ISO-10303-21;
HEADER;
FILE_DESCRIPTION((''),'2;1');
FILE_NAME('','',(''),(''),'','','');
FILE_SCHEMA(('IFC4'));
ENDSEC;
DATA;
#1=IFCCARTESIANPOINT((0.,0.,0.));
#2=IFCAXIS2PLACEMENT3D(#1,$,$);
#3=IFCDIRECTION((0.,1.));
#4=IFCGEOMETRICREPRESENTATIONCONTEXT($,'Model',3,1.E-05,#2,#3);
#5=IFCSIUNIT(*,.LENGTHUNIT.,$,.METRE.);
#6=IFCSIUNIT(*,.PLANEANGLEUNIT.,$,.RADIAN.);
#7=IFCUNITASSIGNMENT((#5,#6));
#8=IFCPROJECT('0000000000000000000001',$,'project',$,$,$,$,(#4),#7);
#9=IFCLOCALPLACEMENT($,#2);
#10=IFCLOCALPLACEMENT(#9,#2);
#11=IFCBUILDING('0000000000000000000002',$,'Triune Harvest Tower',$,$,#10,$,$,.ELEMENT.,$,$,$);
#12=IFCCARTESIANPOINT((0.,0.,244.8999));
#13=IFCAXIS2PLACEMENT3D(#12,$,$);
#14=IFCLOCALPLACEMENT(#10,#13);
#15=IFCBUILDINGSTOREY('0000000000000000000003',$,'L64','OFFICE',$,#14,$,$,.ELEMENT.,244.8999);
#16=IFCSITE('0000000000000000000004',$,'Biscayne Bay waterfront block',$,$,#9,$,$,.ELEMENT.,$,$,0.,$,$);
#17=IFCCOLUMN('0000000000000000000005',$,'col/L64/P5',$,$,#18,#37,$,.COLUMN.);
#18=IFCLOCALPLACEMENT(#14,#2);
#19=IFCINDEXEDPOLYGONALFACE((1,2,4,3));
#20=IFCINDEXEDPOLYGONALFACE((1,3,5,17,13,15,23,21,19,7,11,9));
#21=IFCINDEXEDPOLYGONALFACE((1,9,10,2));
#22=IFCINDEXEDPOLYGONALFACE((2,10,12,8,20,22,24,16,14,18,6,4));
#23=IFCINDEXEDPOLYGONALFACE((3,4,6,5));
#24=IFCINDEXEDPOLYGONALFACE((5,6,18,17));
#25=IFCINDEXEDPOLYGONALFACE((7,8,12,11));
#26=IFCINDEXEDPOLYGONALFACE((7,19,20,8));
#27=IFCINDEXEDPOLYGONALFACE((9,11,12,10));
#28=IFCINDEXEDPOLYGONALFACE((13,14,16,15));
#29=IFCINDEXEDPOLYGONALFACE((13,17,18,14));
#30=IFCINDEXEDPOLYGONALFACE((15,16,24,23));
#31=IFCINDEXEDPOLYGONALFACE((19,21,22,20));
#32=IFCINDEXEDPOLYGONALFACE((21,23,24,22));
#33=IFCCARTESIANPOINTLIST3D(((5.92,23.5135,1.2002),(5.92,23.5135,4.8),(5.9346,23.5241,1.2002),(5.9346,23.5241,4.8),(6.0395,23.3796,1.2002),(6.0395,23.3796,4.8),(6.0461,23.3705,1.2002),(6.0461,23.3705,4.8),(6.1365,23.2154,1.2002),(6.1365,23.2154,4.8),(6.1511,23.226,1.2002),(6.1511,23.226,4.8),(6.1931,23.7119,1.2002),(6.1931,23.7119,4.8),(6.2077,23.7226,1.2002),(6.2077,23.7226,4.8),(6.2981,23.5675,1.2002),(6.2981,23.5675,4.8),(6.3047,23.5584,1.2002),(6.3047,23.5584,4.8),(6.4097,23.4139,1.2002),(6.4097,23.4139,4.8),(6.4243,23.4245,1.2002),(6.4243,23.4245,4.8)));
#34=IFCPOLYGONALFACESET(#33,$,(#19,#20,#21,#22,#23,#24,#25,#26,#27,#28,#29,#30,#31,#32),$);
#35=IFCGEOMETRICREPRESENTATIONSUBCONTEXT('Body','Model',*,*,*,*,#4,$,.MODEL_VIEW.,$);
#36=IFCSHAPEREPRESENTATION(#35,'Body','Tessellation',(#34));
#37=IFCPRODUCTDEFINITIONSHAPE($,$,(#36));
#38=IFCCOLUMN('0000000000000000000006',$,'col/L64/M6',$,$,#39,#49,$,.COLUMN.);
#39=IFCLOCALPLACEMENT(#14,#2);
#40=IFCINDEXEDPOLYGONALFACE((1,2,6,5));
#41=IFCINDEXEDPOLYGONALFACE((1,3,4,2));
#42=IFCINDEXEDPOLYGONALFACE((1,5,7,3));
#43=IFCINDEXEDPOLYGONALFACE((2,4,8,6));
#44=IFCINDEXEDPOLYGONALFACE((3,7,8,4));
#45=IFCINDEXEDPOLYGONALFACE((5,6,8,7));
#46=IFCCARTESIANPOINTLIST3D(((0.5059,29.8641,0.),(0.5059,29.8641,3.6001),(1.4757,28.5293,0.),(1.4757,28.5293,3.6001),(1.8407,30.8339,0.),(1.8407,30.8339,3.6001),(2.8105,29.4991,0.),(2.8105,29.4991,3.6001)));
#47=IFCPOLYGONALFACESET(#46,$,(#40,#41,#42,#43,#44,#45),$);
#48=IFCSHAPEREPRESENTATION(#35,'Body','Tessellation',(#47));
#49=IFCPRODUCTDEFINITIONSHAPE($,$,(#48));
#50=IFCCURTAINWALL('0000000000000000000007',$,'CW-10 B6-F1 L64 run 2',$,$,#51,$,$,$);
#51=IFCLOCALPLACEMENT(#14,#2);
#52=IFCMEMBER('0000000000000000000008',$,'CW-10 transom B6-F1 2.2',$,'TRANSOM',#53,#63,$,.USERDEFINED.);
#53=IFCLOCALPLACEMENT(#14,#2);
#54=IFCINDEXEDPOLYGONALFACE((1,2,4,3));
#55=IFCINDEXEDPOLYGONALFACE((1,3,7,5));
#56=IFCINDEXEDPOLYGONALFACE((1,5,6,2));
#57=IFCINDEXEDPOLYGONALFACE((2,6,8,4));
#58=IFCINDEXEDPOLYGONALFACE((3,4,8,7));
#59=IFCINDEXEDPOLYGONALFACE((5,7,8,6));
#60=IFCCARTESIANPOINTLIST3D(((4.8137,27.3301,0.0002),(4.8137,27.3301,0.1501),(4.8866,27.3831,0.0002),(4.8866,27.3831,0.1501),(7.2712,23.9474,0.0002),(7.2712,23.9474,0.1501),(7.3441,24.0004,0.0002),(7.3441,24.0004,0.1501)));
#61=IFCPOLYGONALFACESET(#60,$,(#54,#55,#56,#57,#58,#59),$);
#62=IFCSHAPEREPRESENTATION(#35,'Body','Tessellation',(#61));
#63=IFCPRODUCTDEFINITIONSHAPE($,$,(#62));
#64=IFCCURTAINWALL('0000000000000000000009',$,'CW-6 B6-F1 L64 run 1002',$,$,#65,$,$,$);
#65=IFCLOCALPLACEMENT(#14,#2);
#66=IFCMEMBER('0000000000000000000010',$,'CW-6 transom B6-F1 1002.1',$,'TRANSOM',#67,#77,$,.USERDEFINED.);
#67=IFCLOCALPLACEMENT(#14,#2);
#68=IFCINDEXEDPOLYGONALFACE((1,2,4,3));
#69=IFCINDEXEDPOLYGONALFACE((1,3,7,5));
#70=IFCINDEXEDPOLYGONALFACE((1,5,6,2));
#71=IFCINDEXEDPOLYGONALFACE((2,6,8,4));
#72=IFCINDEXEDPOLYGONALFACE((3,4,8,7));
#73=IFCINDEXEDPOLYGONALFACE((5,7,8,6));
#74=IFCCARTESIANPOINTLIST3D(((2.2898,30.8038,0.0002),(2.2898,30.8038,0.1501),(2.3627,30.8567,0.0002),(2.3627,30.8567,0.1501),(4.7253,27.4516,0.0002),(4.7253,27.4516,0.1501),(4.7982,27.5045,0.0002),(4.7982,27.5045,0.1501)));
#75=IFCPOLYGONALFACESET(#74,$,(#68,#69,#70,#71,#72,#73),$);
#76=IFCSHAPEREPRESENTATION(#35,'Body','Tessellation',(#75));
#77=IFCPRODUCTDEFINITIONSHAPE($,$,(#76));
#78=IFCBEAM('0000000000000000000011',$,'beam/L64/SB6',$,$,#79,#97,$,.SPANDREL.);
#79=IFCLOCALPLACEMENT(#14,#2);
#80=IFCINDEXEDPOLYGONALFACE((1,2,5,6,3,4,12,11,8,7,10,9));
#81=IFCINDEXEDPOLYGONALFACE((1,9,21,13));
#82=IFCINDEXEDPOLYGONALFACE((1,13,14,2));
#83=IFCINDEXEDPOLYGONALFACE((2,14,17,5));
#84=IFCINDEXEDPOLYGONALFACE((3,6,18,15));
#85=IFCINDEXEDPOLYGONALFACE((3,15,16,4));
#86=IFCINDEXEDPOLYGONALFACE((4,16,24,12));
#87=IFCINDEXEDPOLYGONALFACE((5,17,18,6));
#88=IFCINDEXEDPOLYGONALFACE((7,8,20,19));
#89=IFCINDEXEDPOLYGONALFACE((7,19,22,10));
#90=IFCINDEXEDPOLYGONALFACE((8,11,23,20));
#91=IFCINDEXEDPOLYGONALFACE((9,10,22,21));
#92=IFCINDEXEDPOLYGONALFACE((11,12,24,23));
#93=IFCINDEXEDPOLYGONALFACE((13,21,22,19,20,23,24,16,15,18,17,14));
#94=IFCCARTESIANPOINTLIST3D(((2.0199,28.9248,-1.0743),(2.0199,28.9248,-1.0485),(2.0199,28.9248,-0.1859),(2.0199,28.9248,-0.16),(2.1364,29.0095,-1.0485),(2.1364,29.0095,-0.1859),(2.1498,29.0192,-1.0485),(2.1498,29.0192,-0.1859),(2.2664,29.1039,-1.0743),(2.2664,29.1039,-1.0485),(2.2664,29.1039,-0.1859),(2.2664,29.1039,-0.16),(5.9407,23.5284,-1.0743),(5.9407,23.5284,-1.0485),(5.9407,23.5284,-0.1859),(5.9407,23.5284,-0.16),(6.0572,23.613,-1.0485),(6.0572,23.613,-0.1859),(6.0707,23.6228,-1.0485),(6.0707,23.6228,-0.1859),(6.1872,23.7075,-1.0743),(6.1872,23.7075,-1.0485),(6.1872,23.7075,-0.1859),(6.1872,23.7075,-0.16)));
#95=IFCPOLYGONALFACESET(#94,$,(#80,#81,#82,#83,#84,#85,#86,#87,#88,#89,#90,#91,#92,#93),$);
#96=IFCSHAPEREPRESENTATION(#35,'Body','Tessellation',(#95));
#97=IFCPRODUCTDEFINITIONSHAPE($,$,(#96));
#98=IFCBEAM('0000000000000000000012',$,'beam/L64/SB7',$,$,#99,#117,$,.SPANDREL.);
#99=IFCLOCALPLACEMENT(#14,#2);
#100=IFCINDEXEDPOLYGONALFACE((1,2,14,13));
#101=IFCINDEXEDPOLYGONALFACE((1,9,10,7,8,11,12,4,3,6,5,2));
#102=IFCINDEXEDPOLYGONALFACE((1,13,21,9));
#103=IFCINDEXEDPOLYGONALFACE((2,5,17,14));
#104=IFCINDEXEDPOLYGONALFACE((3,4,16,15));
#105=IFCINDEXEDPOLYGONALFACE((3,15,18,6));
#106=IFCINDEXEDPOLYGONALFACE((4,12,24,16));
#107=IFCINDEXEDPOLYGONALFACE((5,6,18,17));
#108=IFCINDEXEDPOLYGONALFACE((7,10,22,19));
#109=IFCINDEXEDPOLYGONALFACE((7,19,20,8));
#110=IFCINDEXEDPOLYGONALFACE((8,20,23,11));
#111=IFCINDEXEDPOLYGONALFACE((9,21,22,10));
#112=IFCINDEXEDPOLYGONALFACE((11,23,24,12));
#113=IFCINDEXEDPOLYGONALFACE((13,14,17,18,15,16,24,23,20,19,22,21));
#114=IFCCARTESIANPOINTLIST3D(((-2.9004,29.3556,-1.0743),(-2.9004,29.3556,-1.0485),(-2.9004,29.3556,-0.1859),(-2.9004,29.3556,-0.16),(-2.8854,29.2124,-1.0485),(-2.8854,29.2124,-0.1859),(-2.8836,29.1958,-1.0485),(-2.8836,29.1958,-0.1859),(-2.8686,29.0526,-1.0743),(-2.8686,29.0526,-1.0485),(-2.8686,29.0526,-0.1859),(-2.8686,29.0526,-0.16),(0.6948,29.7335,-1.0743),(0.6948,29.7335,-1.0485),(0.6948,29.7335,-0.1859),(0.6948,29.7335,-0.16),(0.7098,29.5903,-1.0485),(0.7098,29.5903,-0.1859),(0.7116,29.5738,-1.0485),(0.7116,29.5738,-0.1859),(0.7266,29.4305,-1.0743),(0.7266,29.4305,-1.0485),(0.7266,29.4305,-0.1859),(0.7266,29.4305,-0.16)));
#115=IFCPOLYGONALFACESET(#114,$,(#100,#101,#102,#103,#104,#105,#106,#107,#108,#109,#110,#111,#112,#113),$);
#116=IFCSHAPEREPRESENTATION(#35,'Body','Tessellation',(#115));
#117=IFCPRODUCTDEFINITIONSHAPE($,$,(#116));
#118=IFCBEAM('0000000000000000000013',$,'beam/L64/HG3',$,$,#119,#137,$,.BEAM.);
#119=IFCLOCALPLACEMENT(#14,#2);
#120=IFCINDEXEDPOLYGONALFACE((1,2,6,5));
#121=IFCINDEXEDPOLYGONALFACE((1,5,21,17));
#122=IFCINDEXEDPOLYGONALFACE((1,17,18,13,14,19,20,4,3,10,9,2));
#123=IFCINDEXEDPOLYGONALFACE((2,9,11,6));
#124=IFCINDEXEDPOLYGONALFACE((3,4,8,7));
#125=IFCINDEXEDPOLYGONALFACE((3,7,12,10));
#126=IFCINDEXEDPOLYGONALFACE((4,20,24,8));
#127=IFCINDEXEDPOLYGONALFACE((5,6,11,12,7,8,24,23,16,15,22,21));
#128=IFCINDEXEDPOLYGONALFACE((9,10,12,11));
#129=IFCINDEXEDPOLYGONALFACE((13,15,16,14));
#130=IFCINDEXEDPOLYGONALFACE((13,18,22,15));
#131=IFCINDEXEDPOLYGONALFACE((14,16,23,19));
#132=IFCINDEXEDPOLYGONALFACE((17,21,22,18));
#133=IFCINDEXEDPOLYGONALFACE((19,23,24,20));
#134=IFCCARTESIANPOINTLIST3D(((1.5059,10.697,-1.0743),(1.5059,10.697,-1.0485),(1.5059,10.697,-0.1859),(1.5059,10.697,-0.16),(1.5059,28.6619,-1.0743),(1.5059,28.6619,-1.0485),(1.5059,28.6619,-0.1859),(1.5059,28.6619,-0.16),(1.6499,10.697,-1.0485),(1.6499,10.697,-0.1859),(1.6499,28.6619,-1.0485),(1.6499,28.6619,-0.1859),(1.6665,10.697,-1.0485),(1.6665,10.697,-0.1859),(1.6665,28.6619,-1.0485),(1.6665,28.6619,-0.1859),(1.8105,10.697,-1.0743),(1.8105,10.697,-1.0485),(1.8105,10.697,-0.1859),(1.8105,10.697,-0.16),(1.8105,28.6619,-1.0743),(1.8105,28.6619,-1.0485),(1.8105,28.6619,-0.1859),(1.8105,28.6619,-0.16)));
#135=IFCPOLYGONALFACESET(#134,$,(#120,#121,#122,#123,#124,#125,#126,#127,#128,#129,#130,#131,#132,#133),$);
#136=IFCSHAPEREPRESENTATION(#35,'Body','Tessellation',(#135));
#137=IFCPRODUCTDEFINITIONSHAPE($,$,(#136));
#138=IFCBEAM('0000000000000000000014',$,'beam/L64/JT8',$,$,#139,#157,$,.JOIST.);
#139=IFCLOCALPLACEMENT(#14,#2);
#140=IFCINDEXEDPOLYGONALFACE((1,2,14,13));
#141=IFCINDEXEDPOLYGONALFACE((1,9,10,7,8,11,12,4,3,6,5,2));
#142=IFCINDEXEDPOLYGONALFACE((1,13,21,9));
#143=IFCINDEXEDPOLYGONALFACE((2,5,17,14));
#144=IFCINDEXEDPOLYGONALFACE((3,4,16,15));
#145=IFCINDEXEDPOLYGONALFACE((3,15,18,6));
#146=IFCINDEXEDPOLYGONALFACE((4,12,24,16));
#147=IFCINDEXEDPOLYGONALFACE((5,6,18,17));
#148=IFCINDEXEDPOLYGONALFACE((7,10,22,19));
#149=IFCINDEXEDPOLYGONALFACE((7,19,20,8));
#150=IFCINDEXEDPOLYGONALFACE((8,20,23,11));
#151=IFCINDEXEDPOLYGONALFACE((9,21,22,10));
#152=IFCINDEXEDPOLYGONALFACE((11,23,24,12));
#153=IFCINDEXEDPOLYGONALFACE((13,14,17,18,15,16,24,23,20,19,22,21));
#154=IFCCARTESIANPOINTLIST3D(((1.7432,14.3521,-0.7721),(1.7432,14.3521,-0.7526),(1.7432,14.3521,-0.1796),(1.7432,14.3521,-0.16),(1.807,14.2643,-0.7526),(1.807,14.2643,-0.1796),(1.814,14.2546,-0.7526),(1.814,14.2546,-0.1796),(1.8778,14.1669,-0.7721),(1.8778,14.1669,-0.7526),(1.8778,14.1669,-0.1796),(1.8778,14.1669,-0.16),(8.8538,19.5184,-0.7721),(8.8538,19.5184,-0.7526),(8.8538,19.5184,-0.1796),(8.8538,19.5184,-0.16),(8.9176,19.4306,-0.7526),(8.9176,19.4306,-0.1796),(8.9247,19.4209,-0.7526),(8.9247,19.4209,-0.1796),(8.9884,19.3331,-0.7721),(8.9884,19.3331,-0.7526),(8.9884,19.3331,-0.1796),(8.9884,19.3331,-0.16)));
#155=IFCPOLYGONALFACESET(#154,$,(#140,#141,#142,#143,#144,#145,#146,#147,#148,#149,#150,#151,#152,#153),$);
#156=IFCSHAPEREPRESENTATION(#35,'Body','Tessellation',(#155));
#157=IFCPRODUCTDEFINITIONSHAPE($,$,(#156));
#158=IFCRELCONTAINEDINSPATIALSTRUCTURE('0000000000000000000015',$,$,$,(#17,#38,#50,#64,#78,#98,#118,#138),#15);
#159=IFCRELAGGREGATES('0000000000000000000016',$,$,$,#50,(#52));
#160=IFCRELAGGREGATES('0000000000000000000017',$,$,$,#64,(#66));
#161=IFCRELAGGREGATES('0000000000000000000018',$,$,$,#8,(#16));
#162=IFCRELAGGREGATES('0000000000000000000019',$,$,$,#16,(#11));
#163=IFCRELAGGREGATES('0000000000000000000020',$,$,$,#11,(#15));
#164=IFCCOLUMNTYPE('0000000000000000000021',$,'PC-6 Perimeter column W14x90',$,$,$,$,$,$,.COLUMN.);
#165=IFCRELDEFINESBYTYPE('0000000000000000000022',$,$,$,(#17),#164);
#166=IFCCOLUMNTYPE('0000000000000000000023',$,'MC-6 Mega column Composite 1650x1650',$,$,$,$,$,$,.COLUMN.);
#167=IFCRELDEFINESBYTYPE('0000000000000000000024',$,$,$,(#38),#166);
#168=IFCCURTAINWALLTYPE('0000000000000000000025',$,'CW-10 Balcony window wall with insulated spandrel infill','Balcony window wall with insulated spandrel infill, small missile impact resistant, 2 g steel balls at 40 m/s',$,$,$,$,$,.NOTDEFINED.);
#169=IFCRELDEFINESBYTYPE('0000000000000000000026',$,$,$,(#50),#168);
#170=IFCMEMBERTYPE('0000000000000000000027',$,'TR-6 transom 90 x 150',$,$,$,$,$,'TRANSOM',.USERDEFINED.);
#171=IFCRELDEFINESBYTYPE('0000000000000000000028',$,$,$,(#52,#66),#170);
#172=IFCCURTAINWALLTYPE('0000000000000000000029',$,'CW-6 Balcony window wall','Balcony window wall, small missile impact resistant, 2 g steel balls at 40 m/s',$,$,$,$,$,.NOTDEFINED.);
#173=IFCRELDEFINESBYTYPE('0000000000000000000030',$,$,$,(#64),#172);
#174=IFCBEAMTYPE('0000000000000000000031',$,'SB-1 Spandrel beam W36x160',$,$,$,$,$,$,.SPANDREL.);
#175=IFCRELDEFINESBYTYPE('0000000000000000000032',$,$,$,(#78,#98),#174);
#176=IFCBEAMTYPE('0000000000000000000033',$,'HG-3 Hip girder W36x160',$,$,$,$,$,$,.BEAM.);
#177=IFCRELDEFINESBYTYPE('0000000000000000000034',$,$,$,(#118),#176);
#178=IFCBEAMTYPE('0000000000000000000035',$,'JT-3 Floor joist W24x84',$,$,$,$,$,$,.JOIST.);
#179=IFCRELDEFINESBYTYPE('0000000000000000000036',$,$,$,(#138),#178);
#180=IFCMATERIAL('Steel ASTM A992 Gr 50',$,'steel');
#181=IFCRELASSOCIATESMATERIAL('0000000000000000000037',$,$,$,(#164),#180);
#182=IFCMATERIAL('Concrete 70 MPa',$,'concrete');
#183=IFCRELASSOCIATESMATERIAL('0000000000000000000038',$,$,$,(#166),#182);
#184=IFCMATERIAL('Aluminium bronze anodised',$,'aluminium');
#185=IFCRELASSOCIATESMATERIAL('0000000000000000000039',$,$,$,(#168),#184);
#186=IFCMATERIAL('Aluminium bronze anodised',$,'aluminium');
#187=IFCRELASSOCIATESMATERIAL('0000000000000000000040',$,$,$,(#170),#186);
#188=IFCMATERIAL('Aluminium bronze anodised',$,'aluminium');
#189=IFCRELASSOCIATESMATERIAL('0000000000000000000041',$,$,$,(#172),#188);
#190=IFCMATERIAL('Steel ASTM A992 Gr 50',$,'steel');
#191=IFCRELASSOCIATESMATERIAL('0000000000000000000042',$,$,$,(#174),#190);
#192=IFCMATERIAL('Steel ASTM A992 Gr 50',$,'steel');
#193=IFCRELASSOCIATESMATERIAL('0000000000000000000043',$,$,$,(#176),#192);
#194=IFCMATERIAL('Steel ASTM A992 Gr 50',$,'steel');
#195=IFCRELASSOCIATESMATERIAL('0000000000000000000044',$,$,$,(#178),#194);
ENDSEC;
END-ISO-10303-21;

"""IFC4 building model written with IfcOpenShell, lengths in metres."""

from ifc_helpers import new_model, si_unit, direction, frame, origin, origin_2d, place, context, subcontext, project, spatial, rectangle, i_section, extrude, source, transform, mapped, material, material_profile, profile_set, type_object, element, aggregate, save


model = new_model("IFC4")

# Units and contexts
model_context = context("Model", 3, precision=1e-05, world=origin(), true_north=direction((0.0, 1.0)))
body_context = subcontext(model_context, "Body", "Model", "MODEL_VIEW")
ifc_project = project(units=[si_unit("LENGTHUNIT", "METRE"), si_unit("PLANEANGLEUNIT", "RADIAN")], contexts=[model_context])

# Site, building, storey
site_placement = place(None, origin())
site = spatial("IfcSite", under=ifc_project, at=site_placement, Name="Biscayne Bay waterfront block", CompositionType="ELEMENT", RefElevation=0.0)
building_placement = place(site_placement, origin())
building = spatial("IfcBuilding", under=site, at=building_placement, Name="Triune Harvest Tower", CompositionType="ELEMENT")
storey_placement = place(building_placement, frame((0.0, 0.0, 244.8999)))
storey = spatial("IfcBuildingStorey", under=building, at=storey_placement, Name="L64", Description="OFFICE", CompositionType="ELEMENT", Elevation=244.8999)

# Columns
ifc_material_1 = material(Name="Steel ASTM A992 Gr 50", Category="steel")
ifc_material_profile_1 = material_profile(ifc_material_1, i_section(OverallWidth=0.3684, OverallDepth=0.3557, WebThickness=0.0112, FlangeThickness=0.0181, at=origin_2d()), Name="W14x90")
ifc_profile_set_1 = profile_set([ifc_material_profile_1], Name="Steel ASTM A992 Gr 50")
column_type_1 = type_object("IfcColumnType", Name="PC-6 Perimeter column W14x90", PredefinedType="COLUMN", material=ifc_profile_set_1)
shared_shape_1 = source(origin(), body_context, "Body", "SweptSolid", [
    extrude(i_section(OverallWidth=0.3684, OverallDepth=0.3557, WebThickness=0.0112, FlangeThickness=0.0181, at=origin_2d()), origin(), (0.0, 0.0, 1.0), 3.5999),
])
column_1_placement = place(storey_placement, frame((6.1721, 23.469, 1.2002), z_axis=(0.0, 0.0, 1.0), x_axis=(-0.587785, 0.809017, 0.0)))
element("IfcColumn", 1, at=column_1_placement, inside=storey, type_object=column_type_1, Name="col/L64/P5", PredefinedType="COLUMN", context=body_context, shape_type="MappedRepresentation", body=[
    mapped(shared_shape_1, transform((0.0, 0.0, 0.0), scale=1.0)),
])
ifc_material_2 = material(Name="Concrete 70 MPa", Category="concrete")
ifc_material_profile_2 = material_profile(ifc_material_2, rectangle(XDim=1.6499, YDim=1.6499, at=origin_2d()), Name="Composite 1650x1650")
ifc_profile_set_2 = profile_set([ifc_material_profile_2], Name="Concrete 70 MPa")
column_type_2 = type_object("IfcColumnType", Name="MC-6 Mega column Composite 1650x1650", PredefinedType="COLUMN", material=ifc_profile_set_2)
shared_shape_2 = source(origin(), body_context, "Body", "SweptSolid", [
    extrude(rectangle(XDim=1.6499, YDim=1.6499, at=origin_2d()), origin(), (0.0, 0.0, 1.0), 3.6001),
])
column_2_placement = place(storey_placement, frame((1.6582, 29.6816, 0.0), z_axis=(0.0, 0.0, 1.0), x_axis=(-0.587785, 0.809017, 0.0)))
element("IfcColumn", 2, at=column_2_placement, inside=storey, type_object=column_type_2, Name="col/L64/M6", PredefinedType="COLUMN", context=body_context, shape_type="MappedRepresentation", body=[
    mapped(shared_shape_2, transform((0.0, 0.0, 0.0), scale=1.0)),
])

# Curtain walls, members
ifc_material_3 = material(Name="Aluminium bronze anodised", Category="aluminium")
curtain_wall_type_1 = type_object("IfcCurtainWallType", Name="CW-10 Balcony window wall with insulated spandrel infill", Description="Balcony window wall with insulated spandrel infill, small missile impact resistant, 2 g steel balls at 40 m/s", PredefinedType="NOTDEFINED", material=ifc_material_3)
curtain_wall_1_placement = place(storey_placement, origin())
curtain_wall_1 = element("IfcCurtainWall", 3, at=curtain_wall_1_placement, inside=storey, type_object=curtain_wall_type_1, Name="CW-10 B6-F1 L64 run 2")
ifc_material_4 = material(Name="Aluminium bronze anodised", Category="aluminium")
ifc_material_profile_3 = material_profile(ifc_material_4, rectangle(XDim=0.0901, YDim=0.1499, at=origin_2d()), Name="TR-6 transom 90 x 150")
ifc_profile_set_3 = profile_set([ifc_material_profile_3], Name="Aluminium bronze anodised")
member_type_1 = type_object("IfcMemberType", Name="TR-6 transom 90 x 150", ElementType="TRANSOM", PredefinedType="USERDEFINED", material=ifc_profile_set_3)
member_1_placement = place(storey_placement, frame((7.3076, 23.9739, 0.0752), z_axis=(-0.587748, 0.809044, 0.0), x_axis=(-0.809044, -0.587748, 0.0)))
member_1 = element("IfcMember", 4, at=member_1_placement, type_object=member_type_1, Name="CW-10 transom B6-F1 2.2", ObjectType="TRANSOM", PredefinedType="USERDEFINED", context=body_context, shape_type="SweptSolid", body=[
    extrude(rectangle(XDim=0.0901, YDim=0.1499, at=origin_2d()), origin(), (0.0, 0.0, 1.0), 4.1812),
])
ifc_material_5 = material(Name="Aluminium bronze anodised", Category="aluminium")
curtain_wall_type_2 = type_object("IfcCurtainWallType", Name="CW-6 Balcony window wall", Description="Balcony window wall, small missile impact resistant, 2 g steel balls at 40 m/s", PredefinedType="NOTDEFINED", material=ifc_material_5)
curtain_wall_2_placement = place(storey_placement, origin())
curtain_wall_2 = element("IfcCurtainWall", 5, at=curtain_wall_2_placement, inside=storey, type_object=curtain_wall_type_2, Name="CW-6 B6-F1 L64 run 1002")
member_2_placement = place(storey_placement, frame((4.7617, 27.478, 0.0752), z_axis=(-0.587779, 0.809021, 0.0), x_axis=(-0.809021, -0.587779, 0.0)))
member_2 = element("IfcMember", 6, at=member_2_placement, type_object=member_type_1, Name="CW-6 transom B6-F1 1002.1", ObjectType="TRANSOM", PredefinedType="USERDEFINED", context=body_context, shape_type="SweptSolid", body=[
    extrude(rectangle(XDim=0.0901, YDim=0.1499, at=origin_2d()), origin(), (0.0, 0.0, 1.0), 4.1436),
])

# Beams
ifc_material_6 = material(Name="Steel ASTM A992 Gr 50", Category="steel")
ifc_material_profile_4 = material_profile(ifc_material_6, i_section(OverallWidth=0.3047, OverallDepth=0.9143, WebThickness=0.0166, FlangeThickness=0.0259, at=origin_2d()), Name="W36x160")
ifc_profile_set_4 = profile_set([ifc_material_profile_4], Name="Steel ASTM A992 Gr 50")
beam_type_1 = type_object("IfcBeamType", Name="SB-1 Spandrel beam W36x160", PredefinedType="SPANDREL", material=ifc_profile_set_4)
shared_shape_3 = source(origin(), body_context, "Body", "SweptSolid", [
    extrude(i_section(OverallWidth=0.3047, OverallDepth=0.9143, WebThickness=0.0166, FlangeThickness=0.0259, at=origin_2d()), origin(), (0.0, 0.0, 1.0), 6.6704),
])
beam_1_placement = place(storey_placement, frame((6.064, 23.6179, -0.6172), z_axis=(-0.587797, 0.809008, 0.0), x_axis=(-0.809008, -0.587797, 0.0)))
element("IfcBeam", 7, at=beam_1_placement, inside=storey, type_object=beam_type_1, Name="beam/L64/SB6", PredefinedType="SPANDREL", context=body_context, shape_type="MappedRepresentation", body=[
    mapped(shared_shape_3, transform((0.0, 0.0, 0.0), scale=1.0)),
])
shared_shape_4 = source(origin(), body_context, "Body", "SweptSolid", [
    extrude(i_section(OverallWidth=0.3047, OverallDepth=0.9143, WebThickness=0.0166, FlangeThickness=0.0259, at=origin_2d()), origin(), (0.0, 0.0, 1.0), 3.615),
])
beam_2_placement = place(storey_placement, frame((0.7107, 29.582, -0.6172), z_axis=(-0.99452, -0.104544, 0.0), x_axis=(0.104544, -0.99452, 0.0)))
element("IfcBeam", 8, at=beam_2_placement, inside=storey, type_object=beam_type_1, Name="beam/L64/SB7", PredefinedType="SPANDREL", context=body_context, shape_type="MappedRepresentation", body=[
    mapped(shared_shape_4, transform((0.0, 0.0, 0.0), scale=1.0)),
])
ifc_material_7 = material(Name="Steel ASTM A992 Gr 50", Category="steel")
ifc_material_profile_5 = material_profile(ifc_material_7, i_section(OverallWidth=0.3047, OverallDepth=0.9143, WebThickness=0.0166, FlangeThickness=0.0259, at=origin_2d()), Name="W36x160")
ifc_profile_set_5 = profile_set([ifc_material_profile_5], Name="Steel ASTM A992 Gr 50")
beam_type_2 = type_object("IfcBeamType", Name="HG-3 Hip girder W36x160", PredefinedType="BEAM", material=ifc_profile_set_5)
shared_shape_5 = source(origin(), body_context, "Body", "SweptSolid", [
    extrude(i_section(OverallWidth=0.3047, OverallDepth=0.9143, WebThickness=0.0166, FlangeThickness=0.0259, at=origin_2d()), origin(), (0.0, 0.0, 1.0), 17.9648),
])
beam_3_placement = place(storey_placement, frame((1.6582, 28.6619, -0.6172), z_axis=(0.0, -1.0, 0.0), x_axis=(1.0, 0.0, 0.0)))
element("IfcBeam", 9, at=beam_3_placement, inside=storey, type_object=beam_type_2, Name="beam/L64/HG3", PredefinedType="BEAM", context=body_context, shape_type="MappedRepresentation", body=[
    mapped(shared_shape_5, transform((0.0, 0.0, 0.0), scale=1.0)),
])
ifc_material_8 = material(Name="Steel ASTM A992 Gr 50", Category="steel")
ifc_material_profile_6 = material_profile(ifc_material_8, i_section(OverallWidth=0.229, OverallDepth=0.6121, WebThickness=0.012, FlangeThickness=0.0195, at=origin_2d()), Name="W24x84")
ifc_profile_set_6 = profile_set([ifc_material_profile_6], Name="Steel ASTM A992 Gr 50")
beam_type_3 = type_object("IfcBeamType", Name="JT-3 Floor joist W24x84", PredefinedType="JOIST", material=ifc_profile_set_6)
shared_shape_6 = source(origin(), body_context, "Body", "SweptSolid", [
    extrude(i_section(OverallWidth=0.229, OverallDepth=0.6121, WebThickness=0.012, FlangeThickness=0.0195, at=origin_2d()), origin(), (0.0, 0.0, 1.0), 8.7893),
])
beam_4_placement = place(storey_placement, frame((8.9211, 19.4258, -0.4661), z_axis=(-0.809011, -0.587793, 0.0), x_axis=(0.587793, -0.809011, 0.0)))
element("IfcBeam", 10, at=beam_4_placement, inside=storey, type_object=beam_type_3, Name="beam/L64/JT8", PredefinedType="JOIST", context=body_context, shape_type="MappedRepresentation", body=[
    mapped(shared_shape_6, transform((0.0, 0.0, 0.0), scale=1.0)),
])

aggregate(curtain_wall_1, [member_1])
aggregate(curtain_wall_2, [member_2])

save(model, "model.ifc")
